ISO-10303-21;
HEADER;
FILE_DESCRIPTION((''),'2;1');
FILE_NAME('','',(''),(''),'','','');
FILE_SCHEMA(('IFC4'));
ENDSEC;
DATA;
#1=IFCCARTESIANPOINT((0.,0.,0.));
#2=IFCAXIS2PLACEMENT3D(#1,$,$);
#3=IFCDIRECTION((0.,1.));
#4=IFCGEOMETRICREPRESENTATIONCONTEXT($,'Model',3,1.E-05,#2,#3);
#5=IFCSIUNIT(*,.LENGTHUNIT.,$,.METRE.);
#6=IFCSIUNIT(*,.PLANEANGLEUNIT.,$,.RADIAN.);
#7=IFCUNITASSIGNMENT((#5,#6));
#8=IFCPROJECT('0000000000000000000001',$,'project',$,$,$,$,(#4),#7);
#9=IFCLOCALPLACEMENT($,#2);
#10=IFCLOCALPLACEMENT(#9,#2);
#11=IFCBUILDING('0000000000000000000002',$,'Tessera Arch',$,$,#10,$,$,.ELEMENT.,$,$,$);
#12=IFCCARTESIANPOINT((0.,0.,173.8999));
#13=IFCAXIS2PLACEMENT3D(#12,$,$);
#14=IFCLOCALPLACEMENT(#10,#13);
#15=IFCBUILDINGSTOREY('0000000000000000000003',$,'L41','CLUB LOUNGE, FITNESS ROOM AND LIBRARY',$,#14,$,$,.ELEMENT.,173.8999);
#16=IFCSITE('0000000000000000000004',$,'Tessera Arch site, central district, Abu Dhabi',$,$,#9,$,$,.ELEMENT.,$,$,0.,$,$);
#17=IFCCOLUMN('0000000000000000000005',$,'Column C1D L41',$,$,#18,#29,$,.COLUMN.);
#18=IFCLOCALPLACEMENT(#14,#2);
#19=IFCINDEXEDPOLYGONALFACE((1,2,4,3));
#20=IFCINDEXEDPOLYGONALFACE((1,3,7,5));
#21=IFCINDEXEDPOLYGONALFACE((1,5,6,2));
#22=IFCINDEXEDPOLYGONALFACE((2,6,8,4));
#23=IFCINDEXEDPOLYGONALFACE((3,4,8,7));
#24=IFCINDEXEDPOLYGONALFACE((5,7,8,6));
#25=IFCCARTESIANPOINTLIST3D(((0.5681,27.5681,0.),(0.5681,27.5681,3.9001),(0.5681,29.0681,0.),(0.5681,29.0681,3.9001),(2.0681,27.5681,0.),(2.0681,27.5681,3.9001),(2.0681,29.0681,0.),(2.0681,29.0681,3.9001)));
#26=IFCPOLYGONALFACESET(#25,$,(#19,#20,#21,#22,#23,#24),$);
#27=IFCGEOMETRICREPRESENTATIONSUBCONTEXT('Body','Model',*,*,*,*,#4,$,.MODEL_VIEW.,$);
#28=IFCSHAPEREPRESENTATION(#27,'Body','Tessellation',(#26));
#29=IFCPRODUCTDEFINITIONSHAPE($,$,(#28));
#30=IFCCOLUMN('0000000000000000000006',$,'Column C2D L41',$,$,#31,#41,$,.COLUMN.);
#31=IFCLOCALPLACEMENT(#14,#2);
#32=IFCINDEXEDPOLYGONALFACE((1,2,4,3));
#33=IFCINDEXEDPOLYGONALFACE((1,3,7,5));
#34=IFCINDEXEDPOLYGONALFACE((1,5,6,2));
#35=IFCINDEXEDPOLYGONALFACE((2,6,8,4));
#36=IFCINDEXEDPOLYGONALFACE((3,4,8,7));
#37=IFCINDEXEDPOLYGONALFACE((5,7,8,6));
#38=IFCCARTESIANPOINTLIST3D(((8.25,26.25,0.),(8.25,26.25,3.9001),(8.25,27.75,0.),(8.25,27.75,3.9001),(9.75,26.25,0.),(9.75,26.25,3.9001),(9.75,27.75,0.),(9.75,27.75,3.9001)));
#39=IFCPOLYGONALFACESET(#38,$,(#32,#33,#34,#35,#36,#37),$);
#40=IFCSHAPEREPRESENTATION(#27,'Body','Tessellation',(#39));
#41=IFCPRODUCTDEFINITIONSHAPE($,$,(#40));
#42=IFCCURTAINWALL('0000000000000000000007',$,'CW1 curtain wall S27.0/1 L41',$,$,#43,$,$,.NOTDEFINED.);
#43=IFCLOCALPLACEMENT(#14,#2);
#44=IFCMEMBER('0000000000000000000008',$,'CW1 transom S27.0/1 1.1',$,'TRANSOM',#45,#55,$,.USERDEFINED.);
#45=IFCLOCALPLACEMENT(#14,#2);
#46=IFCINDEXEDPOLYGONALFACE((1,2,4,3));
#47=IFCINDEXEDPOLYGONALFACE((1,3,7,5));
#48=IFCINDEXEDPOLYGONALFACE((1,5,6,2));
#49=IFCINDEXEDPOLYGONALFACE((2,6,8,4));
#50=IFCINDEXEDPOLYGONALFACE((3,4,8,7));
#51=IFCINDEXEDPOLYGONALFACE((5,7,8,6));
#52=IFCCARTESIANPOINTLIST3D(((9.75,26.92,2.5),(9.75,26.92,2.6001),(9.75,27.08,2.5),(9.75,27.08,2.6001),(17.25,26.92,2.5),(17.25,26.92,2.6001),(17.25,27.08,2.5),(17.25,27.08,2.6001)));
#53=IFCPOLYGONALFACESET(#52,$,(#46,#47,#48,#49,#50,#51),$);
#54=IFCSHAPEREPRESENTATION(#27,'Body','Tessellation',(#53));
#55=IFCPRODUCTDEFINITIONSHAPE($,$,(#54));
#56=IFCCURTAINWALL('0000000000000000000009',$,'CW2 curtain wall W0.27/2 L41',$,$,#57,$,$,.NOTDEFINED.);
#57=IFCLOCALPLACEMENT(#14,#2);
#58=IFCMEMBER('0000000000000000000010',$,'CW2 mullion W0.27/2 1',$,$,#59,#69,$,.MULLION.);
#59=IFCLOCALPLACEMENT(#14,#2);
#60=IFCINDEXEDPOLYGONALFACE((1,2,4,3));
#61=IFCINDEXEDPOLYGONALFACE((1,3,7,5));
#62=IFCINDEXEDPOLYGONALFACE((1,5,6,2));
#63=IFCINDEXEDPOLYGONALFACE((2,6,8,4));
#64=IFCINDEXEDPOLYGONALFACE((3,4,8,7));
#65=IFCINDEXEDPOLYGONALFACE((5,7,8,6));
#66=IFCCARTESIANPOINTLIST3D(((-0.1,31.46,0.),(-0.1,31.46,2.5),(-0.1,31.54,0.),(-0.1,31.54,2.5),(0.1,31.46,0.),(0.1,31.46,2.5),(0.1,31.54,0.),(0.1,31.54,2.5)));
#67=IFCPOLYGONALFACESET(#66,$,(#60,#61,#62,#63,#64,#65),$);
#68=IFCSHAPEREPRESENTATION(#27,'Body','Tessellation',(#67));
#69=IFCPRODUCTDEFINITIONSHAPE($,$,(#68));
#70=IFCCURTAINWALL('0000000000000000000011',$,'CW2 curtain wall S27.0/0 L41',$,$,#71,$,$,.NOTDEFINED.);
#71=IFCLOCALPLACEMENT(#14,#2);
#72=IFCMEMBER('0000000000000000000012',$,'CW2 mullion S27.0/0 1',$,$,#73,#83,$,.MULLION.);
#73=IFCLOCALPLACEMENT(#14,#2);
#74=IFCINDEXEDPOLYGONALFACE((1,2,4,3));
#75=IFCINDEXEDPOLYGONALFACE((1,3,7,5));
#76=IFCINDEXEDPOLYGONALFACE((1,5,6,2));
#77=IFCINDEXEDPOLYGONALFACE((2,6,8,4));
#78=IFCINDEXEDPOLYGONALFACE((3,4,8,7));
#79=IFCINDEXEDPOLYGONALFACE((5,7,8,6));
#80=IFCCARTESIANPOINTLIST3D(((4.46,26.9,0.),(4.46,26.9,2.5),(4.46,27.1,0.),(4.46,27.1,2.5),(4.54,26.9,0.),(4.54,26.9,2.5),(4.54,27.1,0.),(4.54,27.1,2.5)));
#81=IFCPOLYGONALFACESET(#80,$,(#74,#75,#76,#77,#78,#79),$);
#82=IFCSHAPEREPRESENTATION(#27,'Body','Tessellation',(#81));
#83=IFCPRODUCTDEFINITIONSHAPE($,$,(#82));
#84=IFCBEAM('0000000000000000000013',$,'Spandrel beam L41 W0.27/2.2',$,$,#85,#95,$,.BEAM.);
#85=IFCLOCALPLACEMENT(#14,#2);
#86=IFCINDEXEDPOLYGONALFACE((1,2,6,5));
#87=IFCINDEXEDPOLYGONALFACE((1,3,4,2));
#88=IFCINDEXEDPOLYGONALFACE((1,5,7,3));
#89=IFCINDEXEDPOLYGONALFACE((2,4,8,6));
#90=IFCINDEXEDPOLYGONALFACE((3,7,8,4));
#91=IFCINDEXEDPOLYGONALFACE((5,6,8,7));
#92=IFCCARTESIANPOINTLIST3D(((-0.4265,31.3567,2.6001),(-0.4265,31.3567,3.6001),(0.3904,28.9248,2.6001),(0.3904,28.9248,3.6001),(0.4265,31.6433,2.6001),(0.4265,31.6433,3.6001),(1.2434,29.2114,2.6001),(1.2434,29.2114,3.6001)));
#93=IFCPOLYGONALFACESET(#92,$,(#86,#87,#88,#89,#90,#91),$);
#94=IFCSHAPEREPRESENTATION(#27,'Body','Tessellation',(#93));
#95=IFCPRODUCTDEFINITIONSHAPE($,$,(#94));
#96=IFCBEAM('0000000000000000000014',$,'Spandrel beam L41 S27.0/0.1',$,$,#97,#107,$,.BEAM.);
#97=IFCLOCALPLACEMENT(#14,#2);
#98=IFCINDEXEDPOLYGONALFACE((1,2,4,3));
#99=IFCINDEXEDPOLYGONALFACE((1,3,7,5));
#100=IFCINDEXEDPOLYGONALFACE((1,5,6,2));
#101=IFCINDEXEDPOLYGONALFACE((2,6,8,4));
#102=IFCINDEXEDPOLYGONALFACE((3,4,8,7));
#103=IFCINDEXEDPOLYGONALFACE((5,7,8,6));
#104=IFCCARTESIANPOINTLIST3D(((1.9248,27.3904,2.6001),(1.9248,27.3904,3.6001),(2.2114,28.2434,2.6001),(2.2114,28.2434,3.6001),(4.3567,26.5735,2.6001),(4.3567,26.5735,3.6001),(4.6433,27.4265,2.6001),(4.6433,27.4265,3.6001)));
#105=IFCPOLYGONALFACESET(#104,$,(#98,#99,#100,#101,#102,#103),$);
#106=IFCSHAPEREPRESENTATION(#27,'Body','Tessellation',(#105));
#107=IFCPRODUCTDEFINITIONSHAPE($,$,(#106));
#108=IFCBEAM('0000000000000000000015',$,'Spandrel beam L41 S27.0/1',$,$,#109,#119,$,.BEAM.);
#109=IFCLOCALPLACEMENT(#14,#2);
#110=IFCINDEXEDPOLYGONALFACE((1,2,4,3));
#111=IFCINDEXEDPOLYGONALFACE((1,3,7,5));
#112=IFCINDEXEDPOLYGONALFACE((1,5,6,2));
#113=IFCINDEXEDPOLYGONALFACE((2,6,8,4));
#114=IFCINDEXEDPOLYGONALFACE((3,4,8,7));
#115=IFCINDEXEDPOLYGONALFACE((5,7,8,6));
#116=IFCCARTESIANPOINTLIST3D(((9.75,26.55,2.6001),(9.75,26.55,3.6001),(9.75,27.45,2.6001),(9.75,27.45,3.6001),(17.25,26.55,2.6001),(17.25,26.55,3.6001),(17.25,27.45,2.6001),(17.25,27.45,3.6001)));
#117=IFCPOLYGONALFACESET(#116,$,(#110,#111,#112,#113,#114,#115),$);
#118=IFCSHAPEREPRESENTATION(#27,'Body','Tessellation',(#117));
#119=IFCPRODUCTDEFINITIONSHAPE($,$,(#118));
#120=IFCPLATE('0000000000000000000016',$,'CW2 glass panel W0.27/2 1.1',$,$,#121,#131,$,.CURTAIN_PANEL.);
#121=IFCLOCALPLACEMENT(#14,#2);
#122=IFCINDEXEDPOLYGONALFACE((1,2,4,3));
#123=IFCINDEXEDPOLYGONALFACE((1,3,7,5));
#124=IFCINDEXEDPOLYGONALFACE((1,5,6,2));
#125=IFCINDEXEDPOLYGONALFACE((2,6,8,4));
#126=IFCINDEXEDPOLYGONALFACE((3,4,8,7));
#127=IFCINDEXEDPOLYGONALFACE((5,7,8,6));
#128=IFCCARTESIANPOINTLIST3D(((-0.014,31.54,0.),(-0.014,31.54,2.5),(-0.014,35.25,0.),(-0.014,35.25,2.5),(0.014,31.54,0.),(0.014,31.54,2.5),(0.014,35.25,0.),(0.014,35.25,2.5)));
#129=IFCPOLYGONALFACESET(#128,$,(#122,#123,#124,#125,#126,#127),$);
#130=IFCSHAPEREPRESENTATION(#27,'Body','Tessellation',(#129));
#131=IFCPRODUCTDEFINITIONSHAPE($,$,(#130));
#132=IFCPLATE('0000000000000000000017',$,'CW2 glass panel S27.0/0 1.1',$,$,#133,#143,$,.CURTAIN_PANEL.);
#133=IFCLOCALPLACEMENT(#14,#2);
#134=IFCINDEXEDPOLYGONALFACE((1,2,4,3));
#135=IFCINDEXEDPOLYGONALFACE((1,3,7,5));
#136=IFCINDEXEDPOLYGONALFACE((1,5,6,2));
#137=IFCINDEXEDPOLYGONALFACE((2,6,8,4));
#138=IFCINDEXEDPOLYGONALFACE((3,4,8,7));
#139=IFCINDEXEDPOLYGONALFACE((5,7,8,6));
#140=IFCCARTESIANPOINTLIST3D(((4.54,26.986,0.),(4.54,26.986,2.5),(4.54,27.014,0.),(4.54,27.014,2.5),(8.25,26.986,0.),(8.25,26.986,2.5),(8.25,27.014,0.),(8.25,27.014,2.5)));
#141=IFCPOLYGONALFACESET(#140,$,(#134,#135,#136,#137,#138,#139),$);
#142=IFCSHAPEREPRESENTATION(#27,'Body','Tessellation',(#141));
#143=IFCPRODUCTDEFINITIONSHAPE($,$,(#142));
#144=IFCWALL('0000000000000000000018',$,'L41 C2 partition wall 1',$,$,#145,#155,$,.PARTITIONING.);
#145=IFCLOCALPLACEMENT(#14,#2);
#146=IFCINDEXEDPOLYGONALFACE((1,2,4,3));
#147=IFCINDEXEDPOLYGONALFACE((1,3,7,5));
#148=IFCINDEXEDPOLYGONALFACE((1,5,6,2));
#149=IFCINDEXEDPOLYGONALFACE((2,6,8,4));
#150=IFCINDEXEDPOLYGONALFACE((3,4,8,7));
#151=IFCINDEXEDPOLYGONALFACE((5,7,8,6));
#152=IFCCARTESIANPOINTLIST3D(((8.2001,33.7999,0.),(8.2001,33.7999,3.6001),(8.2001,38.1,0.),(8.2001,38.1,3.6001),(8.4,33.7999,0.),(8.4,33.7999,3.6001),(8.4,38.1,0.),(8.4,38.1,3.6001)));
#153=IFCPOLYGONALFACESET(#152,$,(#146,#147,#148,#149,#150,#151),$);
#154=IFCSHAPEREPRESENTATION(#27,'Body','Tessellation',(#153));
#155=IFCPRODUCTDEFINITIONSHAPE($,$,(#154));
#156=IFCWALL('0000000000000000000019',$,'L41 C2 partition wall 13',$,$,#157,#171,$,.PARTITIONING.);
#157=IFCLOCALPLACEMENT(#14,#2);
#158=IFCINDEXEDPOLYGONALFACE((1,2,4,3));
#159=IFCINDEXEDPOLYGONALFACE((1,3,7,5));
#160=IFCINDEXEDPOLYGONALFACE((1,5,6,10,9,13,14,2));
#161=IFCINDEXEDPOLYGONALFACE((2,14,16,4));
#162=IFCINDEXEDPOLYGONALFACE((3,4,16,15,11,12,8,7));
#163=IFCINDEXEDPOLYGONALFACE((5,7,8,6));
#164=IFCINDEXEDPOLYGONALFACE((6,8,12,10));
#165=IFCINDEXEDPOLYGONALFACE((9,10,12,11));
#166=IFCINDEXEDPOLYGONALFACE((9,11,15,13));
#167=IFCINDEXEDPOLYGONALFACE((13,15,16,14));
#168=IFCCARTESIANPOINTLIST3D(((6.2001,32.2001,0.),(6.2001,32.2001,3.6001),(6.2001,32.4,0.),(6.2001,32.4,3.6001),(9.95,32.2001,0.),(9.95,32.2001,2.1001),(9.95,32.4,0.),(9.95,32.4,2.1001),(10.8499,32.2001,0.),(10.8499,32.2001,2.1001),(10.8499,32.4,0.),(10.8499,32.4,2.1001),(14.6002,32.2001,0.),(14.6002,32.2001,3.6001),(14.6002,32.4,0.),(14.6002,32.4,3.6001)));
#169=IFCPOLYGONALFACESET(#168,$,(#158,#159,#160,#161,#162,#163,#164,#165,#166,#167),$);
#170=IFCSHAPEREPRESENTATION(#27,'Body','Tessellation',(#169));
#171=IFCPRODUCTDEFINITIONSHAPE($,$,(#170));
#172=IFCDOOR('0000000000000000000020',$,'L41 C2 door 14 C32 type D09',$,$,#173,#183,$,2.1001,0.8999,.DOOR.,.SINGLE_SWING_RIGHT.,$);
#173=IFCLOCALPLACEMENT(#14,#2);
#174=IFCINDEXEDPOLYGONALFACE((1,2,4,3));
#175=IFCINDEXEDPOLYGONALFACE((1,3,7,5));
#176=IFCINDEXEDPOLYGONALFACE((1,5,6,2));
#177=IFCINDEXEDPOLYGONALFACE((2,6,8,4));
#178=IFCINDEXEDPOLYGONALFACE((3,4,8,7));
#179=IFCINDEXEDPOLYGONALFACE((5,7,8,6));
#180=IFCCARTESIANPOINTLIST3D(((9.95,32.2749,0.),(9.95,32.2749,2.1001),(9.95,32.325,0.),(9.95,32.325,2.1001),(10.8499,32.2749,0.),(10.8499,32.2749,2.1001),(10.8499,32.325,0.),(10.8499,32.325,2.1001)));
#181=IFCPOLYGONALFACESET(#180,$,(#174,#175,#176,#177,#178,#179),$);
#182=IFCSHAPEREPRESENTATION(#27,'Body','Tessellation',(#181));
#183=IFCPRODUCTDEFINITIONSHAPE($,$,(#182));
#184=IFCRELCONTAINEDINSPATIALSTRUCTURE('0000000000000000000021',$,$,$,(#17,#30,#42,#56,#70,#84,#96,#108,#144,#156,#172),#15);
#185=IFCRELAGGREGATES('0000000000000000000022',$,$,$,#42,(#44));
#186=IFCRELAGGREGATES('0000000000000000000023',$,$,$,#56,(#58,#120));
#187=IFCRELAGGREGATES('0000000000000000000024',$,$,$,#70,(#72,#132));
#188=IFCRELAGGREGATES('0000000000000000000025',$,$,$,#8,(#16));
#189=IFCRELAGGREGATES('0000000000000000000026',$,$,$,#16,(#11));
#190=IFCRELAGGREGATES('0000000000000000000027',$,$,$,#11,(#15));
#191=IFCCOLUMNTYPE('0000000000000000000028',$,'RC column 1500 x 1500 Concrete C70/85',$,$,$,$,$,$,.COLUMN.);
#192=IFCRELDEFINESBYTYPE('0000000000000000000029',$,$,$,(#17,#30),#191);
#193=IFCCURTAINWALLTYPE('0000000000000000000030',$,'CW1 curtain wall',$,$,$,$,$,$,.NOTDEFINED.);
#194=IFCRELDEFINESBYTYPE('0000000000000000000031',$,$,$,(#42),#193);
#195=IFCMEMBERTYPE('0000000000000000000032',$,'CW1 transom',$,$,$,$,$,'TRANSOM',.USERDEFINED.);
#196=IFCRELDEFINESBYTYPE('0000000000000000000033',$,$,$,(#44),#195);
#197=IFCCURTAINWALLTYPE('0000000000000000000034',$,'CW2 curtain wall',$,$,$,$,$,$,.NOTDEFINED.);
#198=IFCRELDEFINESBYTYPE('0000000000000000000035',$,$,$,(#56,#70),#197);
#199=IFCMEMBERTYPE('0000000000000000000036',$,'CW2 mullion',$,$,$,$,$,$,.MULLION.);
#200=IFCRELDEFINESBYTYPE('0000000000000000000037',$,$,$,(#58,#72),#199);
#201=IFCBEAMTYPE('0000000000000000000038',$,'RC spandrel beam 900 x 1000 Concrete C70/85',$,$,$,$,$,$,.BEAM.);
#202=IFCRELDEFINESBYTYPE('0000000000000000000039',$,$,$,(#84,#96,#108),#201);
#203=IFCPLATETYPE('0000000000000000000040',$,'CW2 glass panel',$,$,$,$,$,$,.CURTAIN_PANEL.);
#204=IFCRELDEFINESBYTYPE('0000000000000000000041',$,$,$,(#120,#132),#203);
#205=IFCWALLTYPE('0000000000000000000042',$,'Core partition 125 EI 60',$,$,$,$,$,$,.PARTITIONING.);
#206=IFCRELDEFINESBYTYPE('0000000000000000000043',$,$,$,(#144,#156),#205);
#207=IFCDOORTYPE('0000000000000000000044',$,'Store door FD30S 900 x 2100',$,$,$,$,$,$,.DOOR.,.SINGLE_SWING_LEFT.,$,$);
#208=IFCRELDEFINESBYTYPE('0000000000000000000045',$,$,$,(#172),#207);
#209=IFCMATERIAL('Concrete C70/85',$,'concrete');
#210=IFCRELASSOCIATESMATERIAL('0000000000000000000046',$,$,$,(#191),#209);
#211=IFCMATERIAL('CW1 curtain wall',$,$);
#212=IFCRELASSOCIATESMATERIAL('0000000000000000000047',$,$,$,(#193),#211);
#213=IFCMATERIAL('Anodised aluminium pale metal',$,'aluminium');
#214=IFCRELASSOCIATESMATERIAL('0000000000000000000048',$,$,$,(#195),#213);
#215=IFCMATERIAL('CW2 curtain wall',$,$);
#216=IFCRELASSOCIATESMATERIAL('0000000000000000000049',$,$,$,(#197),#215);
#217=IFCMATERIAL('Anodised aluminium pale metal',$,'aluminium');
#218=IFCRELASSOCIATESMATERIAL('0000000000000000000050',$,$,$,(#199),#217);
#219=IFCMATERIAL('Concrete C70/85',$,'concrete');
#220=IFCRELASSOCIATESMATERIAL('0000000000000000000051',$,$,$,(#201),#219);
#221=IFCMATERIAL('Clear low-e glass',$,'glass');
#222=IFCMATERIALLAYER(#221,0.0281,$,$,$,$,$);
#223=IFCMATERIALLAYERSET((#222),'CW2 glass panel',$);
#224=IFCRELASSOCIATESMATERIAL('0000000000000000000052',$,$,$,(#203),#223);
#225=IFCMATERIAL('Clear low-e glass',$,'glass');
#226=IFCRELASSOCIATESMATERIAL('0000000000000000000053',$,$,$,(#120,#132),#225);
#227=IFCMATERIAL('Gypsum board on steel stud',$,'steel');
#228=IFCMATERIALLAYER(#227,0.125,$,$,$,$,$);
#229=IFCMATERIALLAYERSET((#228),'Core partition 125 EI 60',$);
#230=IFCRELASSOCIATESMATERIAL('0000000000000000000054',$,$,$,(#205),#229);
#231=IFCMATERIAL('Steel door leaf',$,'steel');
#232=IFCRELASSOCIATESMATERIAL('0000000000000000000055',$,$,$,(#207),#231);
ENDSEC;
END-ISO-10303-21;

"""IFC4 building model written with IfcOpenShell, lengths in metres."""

from ifc_helpers import new_model, si_unit, direction, frame, frame_2d, origin, origin_2d, place, context, subcontext, project, spatial, rectangle, extrude, material, layer, layer_set, material_profile, profile_set, type_object, element, fill, aggregate, save


model = new_model("IFC4")

# Units and contexts
model_context = context("Model", 3, precision=1e-05, world=origin(), true_north=direction((0.0, 1.0)))
body_context = subcontext(model_context, "Body", "Model", "MODEL_VIEW")
ifc_project = project(units=[si_unit("LENGTHUNIT", "METRE"), si_unit("PLANEANGLEUNIT", "RADIAN")], contexts=[model_context])

# Site, building, storey
site_placement = place(None, origin())
site = spatial("IfcSite", under=ifc_project, at=site_placement, Name="Tessera Arch site, central district, Abu Dhabi", CompositionType="ELEMENT", RefElevation=0.0)
building_placement = place(site_placement, origin())
building = spatial("IfcBuilding", under=site, at=building_placement, Name="Tessera Arch", CompositionType="ELEMENT")
storey_placement = place(building_placement, frame((0.0, 0.0, 173.8999)))
storey = spatial("IfcBuildingStorey", under=building, at=storey_placement, Name="L41", Description="CLUB LOUNGE, FITNESS ROOM AND LIBRARY", CompositionType="ELEMENT", Elevation=173.8999)

# Columns
ifc_material_1 = material(Name="Concrete C70/85", Category="concrete")
ifc_material_profile_1 = material_profile(ifc_material_1, rectangle(XDim=1.5, YDim=1.5, at=origin_2d()), Name="RC column 1500 x 1500 Concrete C70/85")
ifc_profile_set_1 = profile_set([ifc_material_profile_1], Name="Concrete C70/85")
column_type = type_object("IfcColumnType", Name="RC column 1500 x 1500 Concrete C70/85", PredefinedType="COLUMN", material=ifc_profile_set_1)
for number, where, z_axis, x_axis, name in (
    (1, (1.3181, 28.3181, 0.0), (0.0, 0.0, 1.0), (1.0, 0.0, 0.0), "Column C1D L41"),
    (2, (9.0, 27.0, 0.0), (0.0, 0.0, 1.0), (1.0, 0.0, 0.0), "Column C2D L41"),
):
    element("IfcColumn", number, at=place(storey_placement, frame(where, z_axis=z_axis, x_axis=x_axis)), inside=storey, type_object=column_type, Name=name, PredefinedType="COLUMN", context=body_context, shape_type="SweptSolid", body=[
        extrude(rectangle(XDim=1.5, YDim=1.5, at=origin_2d()), origin(), (0.0, 0.0, 1.0), 3.9001),
    ])

# Curtain walls, members
ifc_material_2 = material(Name="CW1 curtain wall")
curtain_wall_type_1 = type_object("IfcCurtainWallType", Name="CW1 curtain wall", PredefinedType="NOTDEFINED", material=ifc_material_2)
curtain_wall_1_placement = place(storey_placement, origin())
curtain_wall_1 = element("IfcCurtainWall", 3, at=curtain_wall_1_placement, inside=storey, type_object=curtain_wall_type_1, Name="CW1 curtain wall S27.0/1 L41", PredefinedType="NOTDEFINED")
ifc_material_3 = material(Name="Anodised aluminium pale metal", Category="aluminium")
ifc_material_profile_2 = material_profile(ifc_material_3, rectangle(XDim=0.1599, YDim=0.1001, at=origin_2d()), Name="AL 160x100")
ifc_profile_set_2 = profile_set([ifc_material_profile_2], Name="Anodised aluminium pale metal")
member_type_1 = type_object("IfcMemberType", Name="CW1 transom", ElementType="TRANSOM", PredefinedType="USERDEFINED", material=ifc_profile_set_2)
member_1_placement = place(storey_placement, frame((9.75, 27.0, 2.55), z_axis=(1.0, 0.0, 0.0), x_axis=(0.0, 1.0, 0.0)))
member_1 = element("IfcMember", 4, at=member_1_placement, type_object=member_type_1, Name="CW1 transom S27.0/1 1.1", ObjectType="TRANSOM", PredefinedType="USERDEFINED", context=body_context, shape_type="SweptSolid", body=[
    extrude(rectangle(XDim=0.1599, YDim=0.1001, at=origin_2d()), origin(), (0.0, 0.0, 1.0), 7.5),
])
aggregate(curtain_wall_1, [member_1])
ifc_material_4 = material(Name="CW2 curtain wall")
curtain_wall_type_2 = type_object("IfcCurtainWallType", Name="CW2 curtain wall", PredefinedType="NOTDEFINED", material=ifc_material_4)
curtain_wall_2_placement = place(storey_placement, origin())
curtain_wall_2 = element("IfcCurtainWall", 5, at=curtain_wall_2_placement, inside=storey, type_object=curtain_wall_type_2, Name="CW2 curtain wall W0.27/2 L41", PredefinedType="NOTDEFINED")
ifc_material_5 = material(Name="Anodised aluminium pale metal", Category="aluminium")
ifc_material_profile_3 = material_profile(ifc_material_5, rectangle(XDim=0.2, YDim=0.0801, at=origin_2d()), Name="AL 80x200")
ifc_profile_set_3 = profile_set([ifc_material_profile_3], Name="Anodised aluminium pale metal")
member_type_2 = type_object("IfcMemberType", Name="CW2 mullion", PredefinedType="MULLION", material=ifc_profile_set_3)
member_2_placement = place(storey_placement, frame((0.0, 31.5, 0.0), z_axis=(0.0, 0.0, 1.0), x_axis=(1.0, 0.0, 0.0)))
member_2 = element("IfcMember", 6, at=member_2_placement, type_object=member_type_2, Name="CW2 mullion W0.27/2 1", PredefinedType="MULLION", context=body_context, shape_type="SweptSolid", body=[
    extrude(rectangle(XDim=0.2, YDim=0.0801, at=origin_2d()), origin(), (0.0, 0.0, 1.0), 2.5),
])
curtain_wall_3_placement = place(storey_placement, origin())
curtain_wall_3 = element("IfcCurtainWall", 7, at=curtain_wall_3_placement, inside=storey, type_object=curtain_wall_type_2, Name="CW2 curtain wall S27.0/0 L41", PredefinedType="NOTDEFINED")
member_3_placement = place(storey_placement, frame((4.5, 27.0, 0.0), z_axis=(0.0, 0.0, 1.0), x_axis=(0.0, 1.0, 0.0)))
member_3 = element("IfcMember", 8, at=member_3_placement, type_object=member_type_2, Name="CW2 mullion S27.0/0 1", PredefinedType="MULLION", context=body_context, shape_type="SweptSolid", body=[
    extrude(rectangle(XDim=0.2, YDim=0.0801, at=origin_2d()), origin(), (0.0, 0.0, 1.0), 2.5),
])

# Beams
ifc_material_6 = material(Name="Concrete C70/85", Category="concrete")
ifc_material_profile_4 = material_profile(ifc_material_6, rectangle(XDim=0.8999, YDim=1.0, at=origin_2d()), Name="RC spandrel beam 900 x 1000 Concrete C70/85")
ifc_profile_set_4 = profile_set([ifc_material_profile_4], Name="Concrete C70/85")
beam_type = type_object("IfcBeamType", Name="RC spandrel beam 900 x 1000 Concrete C70/85", PredefinedType="BEAM", material=ifc_profile_set_4)
for number, where, z_axis, x_axis, name in (
    (9, (0.0, 31.5, 3.1001), (0.318425, -0.947948, 0.0), (0.947948, 0.318425, 0.0), "Spandrel beam L41 W0.27/2.2"),
    (10, (2.0681, 27.8169, 3.1001), (0.947948, -0.318425, 0.0), (0.318425, 0.947948, 0.0), "Spandrel beam L41 S27.0/0.1"),
):
    element("IfcBeam", number, at=place(storey_placement, frame(where, z_axis=z_axis, x_axis=x_axis)), inside=storey, type_object=beam_type, Name=name, PredefinedType="BEAM", context=body_context, shape_type="SweptSolid", body=[
        extrude(rectangle(XDim=0.8999, YDim=1.0, at=origin_2d()), origin(), (0.0, 0.0, 1.0), 2.5654),
    ])
beam_placement = place(storey_placement, frame((9.75, 27.0, 3.1001), z_axis=(1.0, 0.0, 0.0), x_axis=(0.0, 1.0, 0.0)))
element("IfcBeam", 11, at=beam_placement, inside=storey, type_object=beam_type, Name="Spandrel beam L41 S27.0/1", PredefinedType="BEAM", context=body_context, shape_type="SweptSolid", body=[
    extrude(rectangle(XDim=0.8999, YDim=1.0, at=origin_2d()), origin(), (0.0, 0.0, 1.0), 7.5),
])

# Plates
ifc_material_7 = material(Name="Clear low-e glass", Category="glass")
ifc_material_8 = material(Name="Clear low-e glass", Category="glass")
ifc_layer_1 = layer(ifc_material_8, 0.0281)
ifc_layer_set_1 = layer_set([ifc_layer_1], Name="CW2 glass panel")
plate_type = type_object("IfcPlateType", Name="CW2 glass panel", PredefinedType="CURTAIN_PANEL", material=ifc_layer_set_1)
plate_1_placement = place(storey_placement, frame((0.0, 33.395, 0.0), z_axis=(0.0, 0.0, 1.0), x_axis=(0.0, -1.0, 0.0)))
plate_1 = element("IfcPlate", 12, at=plate_1_placement, type_object=plate_type, material=ifc_material_7, Name="CW2 glass panel W0.27/2 1.1", PredefinedType="CURTAIN_PANEL", context=body_context, shape_type="SweptSolid", body=[
    extrude(rectangle(XDim=3.71, YDim=0.0281, at=origin_2d()), origin(), (0.0, 0.0, 1.0), 2.5),
])
aggregate(curtain_wall_2, [member_2, plate_1])
plate_2_placement = place(storey_placement, frame((6.395, 27.0, 0.0), z_axis=(0.0, 0.0, 1.0), x_axis=(1.0, 0.0, 0.0)))
plate_2 = element("IfcPlate", 13, at=plate_2_placement, type_object=plate_type, material=ifc_material_7, Name="CW2 glass panel S27.0/0 1.1", PredefinedType="CURTAIN_PANEL", context=body_context, shape_type="SweptSolid", body=[
    extrude(rectangle(XDim=3.71, YDim=0.0281, at=origin_2d()), origin(), (0.0, 0.0, 1.0), 2.5),
])
aggregate(curtain_wall_3, [member_3, plate_2])

# Wall
ifc_material_9 = material(Name="Gypsum board on steel stud", Category="steel")
ifc_layer_2 = layer(ifc_material_9, 0.125)
ifc_layer_set_2 = layer_set([ifc_layer_2], Name="Core partition 125 EI 60")
wall_type_1 = type_object("IfcWallType", Name="Core partition 125 EI 60", PredefinedType="PARTITIONING", material=ifc_layer_set_2)
wall_1_placement = place(storey_placement, frame((8.3, 33.8, 0.0), z_axis=(0.0, 0.0, 1.0), x_axis=(0.0, 1.0, 0.0)))
element("IfcWall", 14, at=wall_1_placement, inside=storey, type_object=wall_type_1, Name="L41 C2 partition wall 1", PredefinedType="PARTITIONING", context=body_context, shape_type="SweptSolid", body=[
    extrude(rectangle(XDim=4.3, YDim=0.2, at=frame_2d((2.1499, 0.0))), origin(), (0.0, 0.0, 1.0), 3.6001),
])

# Wall, opening, door
wall_2_placement = place(storey_placement, frame((6.2, 32.3, 0.0), z_axis=(0.0, 0.0, 1.0), x_axis=(1.0, 0.0, 0.0)))
wall_2 = element("IfcWall", 15, at=wall_2_placement, inside=storey, type_object=wall_type_1, Name="L41 C2 partition wall 13", PredefinedType="PARTITIONING", context=body_context, shape_type="SweptSolid", body=[
    extrude(rectangle(XDim=8.4001, YDim=0.2, at=frame_2d((4.2002, 0.0))), origin(), (0.0, 0.0, 1.0), 3.6001),
])
opening_1_placement = place(wall_2_placement, frame((3.75, 0.0, 0.0)))
opening_1 = element("IfcOpeningElement", 16, at=opening_1_placement, cuts=wall_2, PredefinedType="OPENING", context=body_context, shape_type="SweptSolid", body=[
    extrude(rectangle(XDim=0.8999, YDim=2.1001, at=frame_2d((0.45, 1.05))), frame((0.0, 0.1099, 0.0), z_axis=(0.0, -1.0, 0.0), x_axis=(1.0, 0.0, 0.0)), (0.0, 0.0, 1.0), 0.22),
])
ifc_material_10 = material(Name="Steel door leaf", Category="steel")
door_type_1 = type_object("IfcDoorType", Name="Store door FD30S 900 x 2100", OperationType="SINGLE_SWING_LEFT", PredefinedType="DOOR", material=ifc_material_10)
door_1_placement = place(opening_1_placement, origin())
door_1 = element("IfcDoor", 17, at=door_1_placement, inside=storey, type_object=door_type_1, Name="L41 C2 door 14 C32 type D09", OperationType="SINGLE_SWING_RIGHT", OverallHeight=2.1001, OverallWidth=0.8999, PredefinedType="DOOR", context=body_context, shape_type="SweptSolid", body=[
    extrude(rectangle(XDim=0.8999, YDim=2.1001, at=frame_2d((0.45, 1.05))), frame((0.0, 0.0249, 0.0), z_axis=(0.0, -1.0, 0.0), x_axis=(1.0, 0.0, 0.0)), (0.0, 0.0, 1.0), 0.05),
])
fill(opening_1, door_1)

save(model, "model.ifc")
